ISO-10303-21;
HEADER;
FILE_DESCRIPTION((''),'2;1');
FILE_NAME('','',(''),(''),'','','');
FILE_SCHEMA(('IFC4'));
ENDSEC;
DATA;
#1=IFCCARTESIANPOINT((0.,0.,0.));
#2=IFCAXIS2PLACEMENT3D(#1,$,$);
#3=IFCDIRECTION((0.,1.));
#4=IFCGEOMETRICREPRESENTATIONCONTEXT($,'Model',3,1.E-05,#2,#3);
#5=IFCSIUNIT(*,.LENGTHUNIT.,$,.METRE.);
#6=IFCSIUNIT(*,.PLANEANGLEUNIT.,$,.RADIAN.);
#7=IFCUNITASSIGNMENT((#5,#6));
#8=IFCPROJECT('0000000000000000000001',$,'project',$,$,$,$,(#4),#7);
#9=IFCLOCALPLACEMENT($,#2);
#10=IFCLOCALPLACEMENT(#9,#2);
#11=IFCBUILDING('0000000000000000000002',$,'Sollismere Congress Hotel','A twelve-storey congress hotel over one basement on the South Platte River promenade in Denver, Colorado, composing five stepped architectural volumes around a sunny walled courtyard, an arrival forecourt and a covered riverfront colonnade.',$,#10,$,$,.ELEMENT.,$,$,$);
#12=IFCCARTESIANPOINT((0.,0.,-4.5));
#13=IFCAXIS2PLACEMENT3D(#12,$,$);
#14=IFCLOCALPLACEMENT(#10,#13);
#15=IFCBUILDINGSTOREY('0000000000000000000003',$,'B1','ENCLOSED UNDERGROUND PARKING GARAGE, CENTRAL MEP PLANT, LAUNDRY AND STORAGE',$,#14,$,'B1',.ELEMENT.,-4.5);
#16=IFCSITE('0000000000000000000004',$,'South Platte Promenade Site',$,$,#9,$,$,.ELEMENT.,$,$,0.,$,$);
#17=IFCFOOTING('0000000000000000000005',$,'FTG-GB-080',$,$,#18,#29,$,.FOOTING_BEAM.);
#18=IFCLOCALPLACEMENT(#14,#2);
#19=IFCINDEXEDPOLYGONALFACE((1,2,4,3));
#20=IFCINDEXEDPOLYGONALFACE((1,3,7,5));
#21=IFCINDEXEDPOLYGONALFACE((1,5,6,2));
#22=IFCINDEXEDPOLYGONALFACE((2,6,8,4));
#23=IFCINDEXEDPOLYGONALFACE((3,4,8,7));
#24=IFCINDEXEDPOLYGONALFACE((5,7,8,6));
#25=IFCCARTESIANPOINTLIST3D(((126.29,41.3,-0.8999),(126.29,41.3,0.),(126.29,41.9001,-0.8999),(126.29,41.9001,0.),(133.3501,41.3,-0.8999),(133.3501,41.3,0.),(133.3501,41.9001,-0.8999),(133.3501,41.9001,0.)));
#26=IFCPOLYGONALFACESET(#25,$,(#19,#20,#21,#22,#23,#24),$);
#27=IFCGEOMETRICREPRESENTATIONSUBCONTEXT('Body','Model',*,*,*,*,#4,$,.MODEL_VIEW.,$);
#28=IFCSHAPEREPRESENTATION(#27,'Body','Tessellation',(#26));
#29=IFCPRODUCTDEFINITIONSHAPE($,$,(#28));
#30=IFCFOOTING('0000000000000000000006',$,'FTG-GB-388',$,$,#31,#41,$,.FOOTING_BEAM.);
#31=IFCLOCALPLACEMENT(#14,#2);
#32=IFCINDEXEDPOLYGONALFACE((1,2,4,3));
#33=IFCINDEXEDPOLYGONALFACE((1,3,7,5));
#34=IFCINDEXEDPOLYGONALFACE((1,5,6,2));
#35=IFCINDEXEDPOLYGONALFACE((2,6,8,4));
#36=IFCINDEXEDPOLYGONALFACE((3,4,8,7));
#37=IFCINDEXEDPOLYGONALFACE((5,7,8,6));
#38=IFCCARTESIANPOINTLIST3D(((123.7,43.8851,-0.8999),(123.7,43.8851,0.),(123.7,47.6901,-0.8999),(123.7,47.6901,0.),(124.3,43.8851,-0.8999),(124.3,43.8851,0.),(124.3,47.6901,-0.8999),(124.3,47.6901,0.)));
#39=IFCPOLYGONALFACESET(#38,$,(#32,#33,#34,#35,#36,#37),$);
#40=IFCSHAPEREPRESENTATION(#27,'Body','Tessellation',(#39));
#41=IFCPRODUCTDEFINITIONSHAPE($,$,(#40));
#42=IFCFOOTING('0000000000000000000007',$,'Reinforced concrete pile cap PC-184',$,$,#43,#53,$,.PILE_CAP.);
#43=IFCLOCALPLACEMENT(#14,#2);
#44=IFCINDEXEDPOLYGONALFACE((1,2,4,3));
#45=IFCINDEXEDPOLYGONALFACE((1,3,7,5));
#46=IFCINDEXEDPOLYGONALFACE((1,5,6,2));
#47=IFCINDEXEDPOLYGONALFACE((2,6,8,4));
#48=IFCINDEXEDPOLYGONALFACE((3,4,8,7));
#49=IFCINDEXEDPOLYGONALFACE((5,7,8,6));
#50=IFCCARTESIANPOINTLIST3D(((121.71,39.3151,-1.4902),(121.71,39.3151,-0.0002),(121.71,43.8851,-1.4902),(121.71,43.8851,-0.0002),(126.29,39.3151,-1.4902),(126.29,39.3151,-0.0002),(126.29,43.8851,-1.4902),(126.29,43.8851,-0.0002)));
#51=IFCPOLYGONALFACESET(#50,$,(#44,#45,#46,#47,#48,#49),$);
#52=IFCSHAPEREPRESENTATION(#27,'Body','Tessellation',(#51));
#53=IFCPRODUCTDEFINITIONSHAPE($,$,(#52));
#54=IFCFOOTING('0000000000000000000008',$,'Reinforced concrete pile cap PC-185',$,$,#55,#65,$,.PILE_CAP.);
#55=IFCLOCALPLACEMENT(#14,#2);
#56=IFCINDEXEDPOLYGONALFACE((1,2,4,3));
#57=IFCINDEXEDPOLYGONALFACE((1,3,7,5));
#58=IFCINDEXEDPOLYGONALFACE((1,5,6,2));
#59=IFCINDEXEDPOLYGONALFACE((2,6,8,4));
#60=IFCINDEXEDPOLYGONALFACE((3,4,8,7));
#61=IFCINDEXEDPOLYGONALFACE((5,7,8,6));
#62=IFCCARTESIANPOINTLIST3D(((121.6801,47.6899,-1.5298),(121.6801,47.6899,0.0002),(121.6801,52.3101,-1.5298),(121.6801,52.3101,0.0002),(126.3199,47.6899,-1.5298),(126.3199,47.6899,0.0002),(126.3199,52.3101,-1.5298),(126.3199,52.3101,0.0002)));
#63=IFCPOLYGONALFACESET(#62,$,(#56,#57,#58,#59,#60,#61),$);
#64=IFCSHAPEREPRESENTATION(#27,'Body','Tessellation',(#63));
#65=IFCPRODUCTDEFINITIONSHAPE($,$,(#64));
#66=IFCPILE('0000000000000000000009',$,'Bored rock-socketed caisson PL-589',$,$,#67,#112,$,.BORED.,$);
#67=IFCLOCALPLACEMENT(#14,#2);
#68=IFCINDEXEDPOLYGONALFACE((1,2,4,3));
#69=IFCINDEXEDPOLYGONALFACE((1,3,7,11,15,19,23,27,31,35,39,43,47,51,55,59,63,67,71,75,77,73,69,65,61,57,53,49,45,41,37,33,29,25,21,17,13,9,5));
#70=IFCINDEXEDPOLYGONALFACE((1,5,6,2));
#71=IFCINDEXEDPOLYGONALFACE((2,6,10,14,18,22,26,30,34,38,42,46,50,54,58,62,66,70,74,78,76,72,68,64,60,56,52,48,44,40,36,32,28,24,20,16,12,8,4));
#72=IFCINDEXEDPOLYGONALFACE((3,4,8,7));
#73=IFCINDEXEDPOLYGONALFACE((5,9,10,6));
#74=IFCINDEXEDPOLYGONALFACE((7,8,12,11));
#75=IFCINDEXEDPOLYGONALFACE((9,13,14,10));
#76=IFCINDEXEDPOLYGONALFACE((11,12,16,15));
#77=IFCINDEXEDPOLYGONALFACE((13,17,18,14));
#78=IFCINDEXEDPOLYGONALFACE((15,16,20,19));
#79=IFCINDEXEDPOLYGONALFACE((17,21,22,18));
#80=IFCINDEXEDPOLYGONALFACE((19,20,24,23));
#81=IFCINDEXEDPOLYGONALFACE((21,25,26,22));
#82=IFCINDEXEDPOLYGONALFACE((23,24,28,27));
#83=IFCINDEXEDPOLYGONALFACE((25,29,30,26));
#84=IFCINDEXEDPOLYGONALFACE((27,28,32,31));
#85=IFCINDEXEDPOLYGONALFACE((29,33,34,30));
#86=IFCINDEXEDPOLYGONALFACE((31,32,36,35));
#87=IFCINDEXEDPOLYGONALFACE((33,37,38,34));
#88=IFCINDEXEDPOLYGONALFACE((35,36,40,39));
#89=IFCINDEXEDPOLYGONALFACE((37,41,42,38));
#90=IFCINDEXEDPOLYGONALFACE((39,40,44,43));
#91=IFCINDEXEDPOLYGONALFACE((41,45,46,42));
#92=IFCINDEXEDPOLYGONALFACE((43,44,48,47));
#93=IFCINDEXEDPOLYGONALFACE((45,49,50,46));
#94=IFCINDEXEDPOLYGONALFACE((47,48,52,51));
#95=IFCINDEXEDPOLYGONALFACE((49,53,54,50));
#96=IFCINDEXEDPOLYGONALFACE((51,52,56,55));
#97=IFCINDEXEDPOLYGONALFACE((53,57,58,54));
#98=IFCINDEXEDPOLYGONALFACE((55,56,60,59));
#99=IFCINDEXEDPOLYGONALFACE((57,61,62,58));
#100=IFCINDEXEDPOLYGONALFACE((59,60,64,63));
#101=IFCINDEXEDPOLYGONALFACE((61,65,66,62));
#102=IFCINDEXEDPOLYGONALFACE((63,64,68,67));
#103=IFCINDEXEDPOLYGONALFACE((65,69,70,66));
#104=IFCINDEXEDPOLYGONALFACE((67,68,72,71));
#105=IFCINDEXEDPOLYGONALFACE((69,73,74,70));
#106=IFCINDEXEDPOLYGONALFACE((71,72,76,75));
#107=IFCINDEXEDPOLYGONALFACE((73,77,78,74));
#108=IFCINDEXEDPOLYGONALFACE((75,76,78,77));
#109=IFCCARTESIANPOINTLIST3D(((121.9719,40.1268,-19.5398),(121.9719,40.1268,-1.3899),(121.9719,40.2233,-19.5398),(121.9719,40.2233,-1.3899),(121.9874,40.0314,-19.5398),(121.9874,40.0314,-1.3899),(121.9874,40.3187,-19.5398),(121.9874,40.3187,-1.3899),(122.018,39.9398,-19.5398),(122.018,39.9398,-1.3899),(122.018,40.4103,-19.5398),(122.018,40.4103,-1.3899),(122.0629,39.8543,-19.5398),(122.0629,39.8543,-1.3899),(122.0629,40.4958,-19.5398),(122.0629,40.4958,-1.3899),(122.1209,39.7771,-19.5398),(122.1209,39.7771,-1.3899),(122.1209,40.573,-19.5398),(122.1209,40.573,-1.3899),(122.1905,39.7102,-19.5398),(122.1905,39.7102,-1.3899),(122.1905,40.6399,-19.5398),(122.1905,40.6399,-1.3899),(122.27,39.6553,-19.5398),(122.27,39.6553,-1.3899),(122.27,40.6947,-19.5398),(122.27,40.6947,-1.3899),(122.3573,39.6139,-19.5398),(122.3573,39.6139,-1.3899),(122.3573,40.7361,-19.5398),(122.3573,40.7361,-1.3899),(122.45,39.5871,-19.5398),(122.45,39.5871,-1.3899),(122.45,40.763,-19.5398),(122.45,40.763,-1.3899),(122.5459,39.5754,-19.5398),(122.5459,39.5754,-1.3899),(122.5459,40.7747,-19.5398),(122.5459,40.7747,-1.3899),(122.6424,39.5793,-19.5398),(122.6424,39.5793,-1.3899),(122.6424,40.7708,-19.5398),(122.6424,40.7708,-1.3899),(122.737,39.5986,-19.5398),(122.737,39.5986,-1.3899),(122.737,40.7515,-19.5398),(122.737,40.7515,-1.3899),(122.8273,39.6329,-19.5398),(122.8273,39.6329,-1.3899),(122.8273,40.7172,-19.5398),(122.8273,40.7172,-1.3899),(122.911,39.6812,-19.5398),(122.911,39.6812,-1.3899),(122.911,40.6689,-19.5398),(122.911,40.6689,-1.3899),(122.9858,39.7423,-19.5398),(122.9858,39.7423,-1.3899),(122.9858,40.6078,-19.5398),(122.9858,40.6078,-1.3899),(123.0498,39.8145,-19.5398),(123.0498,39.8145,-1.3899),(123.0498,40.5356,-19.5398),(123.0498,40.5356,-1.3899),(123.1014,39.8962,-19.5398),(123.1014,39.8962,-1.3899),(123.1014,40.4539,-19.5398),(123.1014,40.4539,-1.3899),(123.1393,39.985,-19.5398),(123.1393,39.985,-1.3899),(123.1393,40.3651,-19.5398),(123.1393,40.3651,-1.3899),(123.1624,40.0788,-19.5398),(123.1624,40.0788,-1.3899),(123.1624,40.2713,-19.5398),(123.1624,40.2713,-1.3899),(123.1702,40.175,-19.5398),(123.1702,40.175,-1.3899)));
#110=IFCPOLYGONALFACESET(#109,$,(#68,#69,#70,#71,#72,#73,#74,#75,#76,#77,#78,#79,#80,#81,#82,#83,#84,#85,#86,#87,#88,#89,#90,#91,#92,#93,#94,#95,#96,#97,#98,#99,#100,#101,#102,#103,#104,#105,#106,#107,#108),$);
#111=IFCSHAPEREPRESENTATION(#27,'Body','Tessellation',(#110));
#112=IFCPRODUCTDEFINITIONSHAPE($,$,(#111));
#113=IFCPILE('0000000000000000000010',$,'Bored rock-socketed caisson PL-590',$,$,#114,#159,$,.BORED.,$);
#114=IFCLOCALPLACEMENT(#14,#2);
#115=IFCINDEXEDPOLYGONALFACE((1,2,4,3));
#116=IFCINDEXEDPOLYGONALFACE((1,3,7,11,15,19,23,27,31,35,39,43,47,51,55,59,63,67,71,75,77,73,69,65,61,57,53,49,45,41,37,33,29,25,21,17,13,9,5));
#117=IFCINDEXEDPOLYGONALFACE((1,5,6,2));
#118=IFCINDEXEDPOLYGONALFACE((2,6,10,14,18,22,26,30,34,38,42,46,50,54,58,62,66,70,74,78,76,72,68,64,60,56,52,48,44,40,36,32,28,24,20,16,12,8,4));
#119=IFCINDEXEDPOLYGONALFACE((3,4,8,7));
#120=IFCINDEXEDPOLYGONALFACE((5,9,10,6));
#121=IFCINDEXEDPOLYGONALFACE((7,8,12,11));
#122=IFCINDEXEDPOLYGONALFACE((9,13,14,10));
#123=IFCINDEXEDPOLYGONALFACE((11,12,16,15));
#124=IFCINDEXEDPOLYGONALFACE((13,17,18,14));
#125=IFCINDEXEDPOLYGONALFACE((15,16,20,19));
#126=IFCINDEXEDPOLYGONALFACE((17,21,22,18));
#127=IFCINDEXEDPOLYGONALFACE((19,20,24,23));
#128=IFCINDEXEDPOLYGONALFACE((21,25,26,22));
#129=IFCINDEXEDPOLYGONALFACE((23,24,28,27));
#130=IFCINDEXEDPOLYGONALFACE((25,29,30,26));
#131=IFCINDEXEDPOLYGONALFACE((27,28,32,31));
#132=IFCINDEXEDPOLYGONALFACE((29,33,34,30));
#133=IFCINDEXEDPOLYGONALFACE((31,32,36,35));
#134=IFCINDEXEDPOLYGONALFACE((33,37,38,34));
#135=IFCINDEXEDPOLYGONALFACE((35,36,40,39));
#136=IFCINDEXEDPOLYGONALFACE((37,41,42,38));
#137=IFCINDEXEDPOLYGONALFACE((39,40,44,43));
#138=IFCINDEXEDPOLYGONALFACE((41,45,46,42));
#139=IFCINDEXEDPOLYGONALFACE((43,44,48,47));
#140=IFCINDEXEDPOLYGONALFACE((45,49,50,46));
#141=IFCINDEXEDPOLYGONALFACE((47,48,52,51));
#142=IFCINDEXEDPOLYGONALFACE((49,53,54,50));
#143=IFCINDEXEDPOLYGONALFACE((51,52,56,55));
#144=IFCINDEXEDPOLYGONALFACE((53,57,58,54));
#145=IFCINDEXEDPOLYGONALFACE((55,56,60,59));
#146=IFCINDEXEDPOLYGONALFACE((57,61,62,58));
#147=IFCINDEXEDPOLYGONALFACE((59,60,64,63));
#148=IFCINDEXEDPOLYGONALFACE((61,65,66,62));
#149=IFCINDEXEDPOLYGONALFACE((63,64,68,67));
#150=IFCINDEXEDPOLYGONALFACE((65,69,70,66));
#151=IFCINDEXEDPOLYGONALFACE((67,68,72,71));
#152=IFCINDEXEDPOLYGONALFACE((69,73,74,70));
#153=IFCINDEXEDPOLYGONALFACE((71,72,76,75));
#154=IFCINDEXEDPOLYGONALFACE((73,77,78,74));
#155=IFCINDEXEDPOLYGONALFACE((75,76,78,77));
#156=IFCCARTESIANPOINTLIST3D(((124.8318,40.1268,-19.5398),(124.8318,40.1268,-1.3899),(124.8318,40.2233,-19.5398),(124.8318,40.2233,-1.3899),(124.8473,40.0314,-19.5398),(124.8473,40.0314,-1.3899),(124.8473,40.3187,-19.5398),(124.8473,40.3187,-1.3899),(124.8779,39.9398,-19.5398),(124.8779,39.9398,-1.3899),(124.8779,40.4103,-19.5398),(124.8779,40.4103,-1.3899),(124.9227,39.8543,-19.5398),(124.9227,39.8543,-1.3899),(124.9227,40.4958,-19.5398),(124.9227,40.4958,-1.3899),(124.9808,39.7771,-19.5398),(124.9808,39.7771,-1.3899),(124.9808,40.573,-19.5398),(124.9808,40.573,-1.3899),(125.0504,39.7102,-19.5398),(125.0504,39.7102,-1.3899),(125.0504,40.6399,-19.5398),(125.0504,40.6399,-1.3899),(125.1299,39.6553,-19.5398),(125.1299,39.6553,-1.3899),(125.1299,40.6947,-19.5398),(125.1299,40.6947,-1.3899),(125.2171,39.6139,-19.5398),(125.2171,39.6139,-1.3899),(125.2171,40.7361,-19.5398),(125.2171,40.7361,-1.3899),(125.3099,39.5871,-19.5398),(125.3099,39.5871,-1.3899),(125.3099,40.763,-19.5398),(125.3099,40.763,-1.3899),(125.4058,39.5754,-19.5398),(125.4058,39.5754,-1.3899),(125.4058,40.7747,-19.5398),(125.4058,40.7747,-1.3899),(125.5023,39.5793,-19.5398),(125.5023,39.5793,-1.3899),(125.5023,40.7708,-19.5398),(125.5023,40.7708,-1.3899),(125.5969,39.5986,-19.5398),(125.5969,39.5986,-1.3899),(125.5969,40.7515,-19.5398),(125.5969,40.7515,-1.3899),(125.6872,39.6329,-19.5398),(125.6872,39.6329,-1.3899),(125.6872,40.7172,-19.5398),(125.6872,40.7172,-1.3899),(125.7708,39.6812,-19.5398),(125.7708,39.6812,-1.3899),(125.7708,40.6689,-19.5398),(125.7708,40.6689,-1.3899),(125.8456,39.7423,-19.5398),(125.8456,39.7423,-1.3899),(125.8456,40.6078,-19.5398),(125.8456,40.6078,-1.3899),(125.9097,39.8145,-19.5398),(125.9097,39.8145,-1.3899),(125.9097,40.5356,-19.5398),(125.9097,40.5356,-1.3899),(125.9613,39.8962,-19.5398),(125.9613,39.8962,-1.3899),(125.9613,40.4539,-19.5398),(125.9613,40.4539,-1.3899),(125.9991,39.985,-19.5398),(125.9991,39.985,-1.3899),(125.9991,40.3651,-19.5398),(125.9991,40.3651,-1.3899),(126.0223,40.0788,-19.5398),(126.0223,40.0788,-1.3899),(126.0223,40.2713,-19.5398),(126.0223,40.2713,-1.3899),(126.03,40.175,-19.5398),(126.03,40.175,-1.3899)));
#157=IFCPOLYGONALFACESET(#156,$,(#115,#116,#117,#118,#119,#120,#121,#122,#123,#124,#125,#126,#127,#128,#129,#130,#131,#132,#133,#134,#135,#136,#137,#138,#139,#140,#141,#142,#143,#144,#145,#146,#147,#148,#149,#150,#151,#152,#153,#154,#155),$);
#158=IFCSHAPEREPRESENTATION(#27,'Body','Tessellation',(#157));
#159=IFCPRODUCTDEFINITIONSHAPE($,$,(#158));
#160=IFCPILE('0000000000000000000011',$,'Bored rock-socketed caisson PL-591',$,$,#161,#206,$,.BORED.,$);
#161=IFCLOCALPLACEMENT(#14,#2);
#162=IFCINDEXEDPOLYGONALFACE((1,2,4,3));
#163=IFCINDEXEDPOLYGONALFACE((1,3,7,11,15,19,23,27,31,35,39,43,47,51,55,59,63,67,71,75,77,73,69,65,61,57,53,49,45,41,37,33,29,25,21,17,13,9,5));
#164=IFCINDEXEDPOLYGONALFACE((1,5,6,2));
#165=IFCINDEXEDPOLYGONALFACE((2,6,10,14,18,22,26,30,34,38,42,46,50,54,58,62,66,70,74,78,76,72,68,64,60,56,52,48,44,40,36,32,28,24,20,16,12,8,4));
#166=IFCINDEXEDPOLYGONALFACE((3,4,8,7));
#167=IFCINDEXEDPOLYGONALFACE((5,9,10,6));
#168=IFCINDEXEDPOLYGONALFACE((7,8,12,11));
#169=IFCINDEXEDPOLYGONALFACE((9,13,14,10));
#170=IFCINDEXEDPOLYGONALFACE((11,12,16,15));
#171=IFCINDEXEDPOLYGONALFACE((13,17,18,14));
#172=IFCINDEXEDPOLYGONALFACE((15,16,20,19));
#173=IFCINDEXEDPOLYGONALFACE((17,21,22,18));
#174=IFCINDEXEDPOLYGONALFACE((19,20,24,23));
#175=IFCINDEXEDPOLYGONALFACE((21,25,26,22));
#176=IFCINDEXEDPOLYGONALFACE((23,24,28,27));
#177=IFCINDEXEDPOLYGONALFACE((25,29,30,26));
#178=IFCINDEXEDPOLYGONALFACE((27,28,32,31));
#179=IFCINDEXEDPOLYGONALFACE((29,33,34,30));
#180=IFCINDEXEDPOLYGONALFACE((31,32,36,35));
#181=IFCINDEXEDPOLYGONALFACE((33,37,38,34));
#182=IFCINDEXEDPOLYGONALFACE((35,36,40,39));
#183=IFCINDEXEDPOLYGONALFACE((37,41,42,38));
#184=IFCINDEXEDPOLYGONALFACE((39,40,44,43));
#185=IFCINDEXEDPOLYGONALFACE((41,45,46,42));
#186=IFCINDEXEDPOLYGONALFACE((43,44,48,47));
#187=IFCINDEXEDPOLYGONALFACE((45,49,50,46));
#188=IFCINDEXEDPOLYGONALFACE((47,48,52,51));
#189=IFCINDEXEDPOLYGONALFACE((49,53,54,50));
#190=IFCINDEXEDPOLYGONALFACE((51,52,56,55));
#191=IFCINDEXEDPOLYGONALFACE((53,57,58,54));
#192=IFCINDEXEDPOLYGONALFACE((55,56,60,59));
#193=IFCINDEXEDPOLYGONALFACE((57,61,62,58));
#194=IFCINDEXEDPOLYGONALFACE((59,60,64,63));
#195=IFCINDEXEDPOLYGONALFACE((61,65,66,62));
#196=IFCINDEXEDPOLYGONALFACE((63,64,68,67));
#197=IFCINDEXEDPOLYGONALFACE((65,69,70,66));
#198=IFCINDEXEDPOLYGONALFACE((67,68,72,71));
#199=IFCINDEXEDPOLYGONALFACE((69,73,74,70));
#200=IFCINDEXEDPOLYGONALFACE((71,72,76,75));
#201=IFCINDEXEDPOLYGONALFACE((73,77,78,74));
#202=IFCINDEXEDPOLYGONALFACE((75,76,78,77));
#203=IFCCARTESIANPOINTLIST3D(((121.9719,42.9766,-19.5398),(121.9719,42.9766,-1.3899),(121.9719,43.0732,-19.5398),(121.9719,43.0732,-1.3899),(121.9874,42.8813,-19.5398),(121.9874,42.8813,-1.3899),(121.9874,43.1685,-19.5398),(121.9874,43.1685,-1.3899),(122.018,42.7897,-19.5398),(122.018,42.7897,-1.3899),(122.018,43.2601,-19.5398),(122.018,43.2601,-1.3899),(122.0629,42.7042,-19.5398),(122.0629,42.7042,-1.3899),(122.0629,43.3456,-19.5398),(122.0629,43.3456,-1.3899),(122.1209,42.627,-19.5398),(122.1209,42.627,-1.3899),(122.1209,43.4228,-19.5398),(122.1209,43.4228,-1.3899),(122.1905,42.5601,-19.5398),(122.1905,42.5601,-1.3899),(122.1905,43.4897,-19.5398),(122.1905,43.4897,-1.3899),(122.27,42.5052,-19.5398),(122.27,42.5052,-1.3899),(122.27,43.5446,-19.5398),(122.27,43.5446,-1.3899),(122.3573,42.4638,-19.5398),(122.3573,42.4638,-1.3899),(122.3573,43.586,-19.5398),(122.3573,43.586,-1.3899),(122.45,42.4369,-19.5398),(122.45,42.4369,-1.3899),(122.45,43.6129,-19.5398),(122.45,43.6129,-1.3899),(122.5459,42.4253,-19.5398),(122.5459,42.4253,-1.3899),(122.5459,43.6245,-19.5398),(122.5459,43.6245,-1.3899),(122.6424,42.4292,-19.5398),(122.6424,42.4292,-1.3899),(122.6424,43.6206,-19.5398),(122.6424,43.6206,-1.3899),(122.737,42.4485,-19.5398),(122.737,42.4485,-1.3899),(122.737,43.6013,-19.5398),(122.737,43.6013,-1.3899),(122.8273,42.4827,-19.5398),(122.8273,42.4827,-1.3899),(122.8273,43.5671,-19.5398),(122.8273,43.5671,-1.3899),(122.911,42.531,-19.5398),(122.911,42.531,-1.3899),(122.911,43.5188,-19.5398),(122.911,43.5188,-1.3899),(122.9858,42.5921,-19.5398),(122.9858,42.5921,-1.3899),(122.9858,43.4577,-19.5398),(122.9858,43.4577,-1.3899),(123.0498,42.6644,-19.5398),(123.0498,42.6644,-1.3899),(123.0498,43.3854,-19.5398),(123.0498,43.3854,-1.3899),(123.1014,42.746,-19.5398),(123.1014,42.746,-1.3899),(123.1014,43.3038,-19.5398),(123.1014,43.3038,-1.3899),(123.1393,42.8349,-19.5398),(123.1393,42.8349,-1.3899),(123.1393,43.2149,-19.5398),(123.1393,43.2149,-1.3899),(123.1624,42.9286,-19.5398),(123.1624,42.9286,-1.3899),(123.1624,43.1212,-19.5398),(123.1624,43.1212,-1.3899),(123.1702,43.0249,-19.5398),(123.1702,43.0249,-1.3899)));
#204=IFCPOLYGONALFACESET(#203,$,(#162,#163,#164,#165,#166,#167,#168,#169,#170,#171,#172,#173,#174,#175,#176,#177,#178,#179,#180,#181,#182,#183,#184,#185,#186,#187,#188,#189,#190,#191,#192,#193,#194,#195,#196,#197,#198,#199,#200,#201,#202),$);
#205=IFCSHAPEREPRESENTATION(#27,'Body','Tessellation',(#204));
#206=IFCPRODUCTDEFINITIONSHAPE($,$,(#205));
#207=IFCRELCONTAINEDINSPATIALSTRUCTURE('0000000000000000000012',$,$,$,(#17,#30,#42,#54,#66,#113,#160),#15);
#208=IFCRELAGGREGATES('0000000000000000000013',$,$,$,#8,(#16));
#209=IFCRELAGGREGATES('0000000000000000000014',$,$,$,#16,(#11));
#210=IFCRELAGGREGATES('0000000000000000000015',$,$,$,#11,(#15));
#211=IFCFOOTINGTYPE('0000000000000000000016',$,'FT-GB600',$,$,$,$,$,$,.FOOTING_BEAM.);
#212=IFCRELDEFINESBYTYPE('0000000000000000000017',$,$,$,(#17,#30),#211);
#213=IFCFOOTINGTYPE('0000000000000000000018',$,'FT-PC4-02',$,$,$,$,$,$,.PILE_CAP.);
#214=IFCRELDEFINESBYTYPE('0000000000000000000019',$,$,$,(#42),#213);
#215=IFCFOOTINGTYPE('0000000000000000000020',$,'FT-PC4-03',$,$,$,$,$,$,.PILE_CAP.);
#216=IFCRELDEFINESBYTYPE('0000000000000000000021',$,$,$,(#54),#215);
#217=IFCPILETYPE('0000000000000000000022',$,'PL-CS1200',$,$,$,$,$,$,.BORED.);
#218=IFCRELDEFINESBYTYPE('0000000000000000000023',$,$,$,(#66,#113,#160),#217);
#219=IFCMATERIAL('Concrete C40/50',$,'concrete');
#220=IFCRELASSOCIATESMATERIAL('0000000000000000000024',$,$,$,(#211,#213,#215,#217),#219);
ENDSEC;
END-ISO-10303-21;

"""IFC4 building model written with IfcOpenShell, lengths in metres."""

from ifc_helpers import new_model, si_unit, direction, frame, origin, origin_2d, place, context, subcontext, project, spatial, rectangle, circle, extrude, material, material_profile, profile_set, type_object, element, save


model = new_model("IFC4")

# Units and contexts
model_context = context("Model", 3, precision=1e-05, world=origin(), true_north=direction((0.0, 1.0)))
body_context = subcontext(model_context, "Body", "Model", "MODEL_VIEW")
ifc_project = project(units=[si_unit("LENGTHUNIT", "METRE"), si_unit("PLANEANGLEUNIT", "RADIAN")], contexts=[model_context])

# Site, building, storey
site_placement = place(None, origin())
site = spatial("IfcSite", under=ifc_project, at=site_placement, Name="South Platte Promenade Site", CompositionType="ELEMENT", RefElevation=0.0)
building_placement = place(site_placement, origin())
building = spatial("IfcBuilding", under=site, at=building_placement, Name="Sollismere Congress Hotel", Description="A twelve-storey congress hotel over one basement on the South Platte River promenade in Denver, Colorado, composing five stepped architectural volumes around a sunny walled courtyard, an arrival forecourt and a covered riverfront colonnade.", CompositionType="ELEMENT")
storey_placement = place(building_placement, frame((0.0, 0.0, -4.5)))
storey = spatial("IfcBuildingStorey", under=building, at=storey_placement, Name="B1", Description="ENCLOSED UNDERGROUND PARKING GARAGE, CENTRAL MEP PLANT, LAUNDRY AND STORAGE", LongName="B1", CompositionType="ELEMENT", Elevation=-4.5)

# Footings
ifc_material_1 = material(Name="Concrete C40/50", Category="concrete")
footing_type_1 = type_object("IfcFootingType", Name="FT-GB600", PredefinedType="FOOTING_BEAM", material=ifc_material_1)
footing_1_placement = place(storey_placement, frame((129.8201, 41.6001, -0.8999), z_axis=(0.0, 0.0, 1.0), x_axis=(1.0, 0.0, 0.0)))
element("IfcFooting", 1, at=footing_1_placement, inside=storey, type_object=footing_type_1, Name="FTG-GB-080", PredefinedType="FOOTING_BEAM", context=body_context, shape_type="SweptSolid", body=[
    extrude(rectangle(XDim=7.0601, YDim=0.6001, at=origin_2d()), origin(), (0.0, 0.0, 1.0), 0.8999),
])
footing_2_placement = place(storey_placement, frame((124.0, 45.7876, -0.8999), z_axis=(0.0, 0.0, 1.0), x_axis=(0.0, 1.0, 0.0)))
element("IfcFooting", 2, at=footing_2_placement, inside=storey, type_object=footing_type_1, Name="FTG-GB-388", PredefinedType="FOOTING_BEAM", context=body_context, shape_type="SweptSolid", body=[
    extrude(rectangle(XDim=3.8049, YDim=0.6001, at=origin_2d()), origin(), (0.0, 0.0, 1.0), 0.8999),
])
footing_type_2 = type_object("IfcFootingType", Name="FT-PC4-02", PredefinedType="PILE_CAP", material=ifc_material_1)
footing_3_placement = place(storey_placement, frame((124.0, 41.6001, -1.4902), z_axis=(0.0, 0.0, 1.0), x_axis=(1.0, 0.0, 0.0)))
element("IfcFooting", 3, at=footing_3_placement, inside=storey, type_object=footing_type_2, Name="Reinforced concrete pile cap PC-184", PredefinedType="PILE_CAP", context=body_context, shape_type="SweptSolid", body=[
    extrude(rectangle(XDim=4.5801, YDim=4.5701, at=origin_2d()), origin(), (0.0, 0.0, 1.0), 1.49),
])
footing_type_3 = type_object("IfcFootingType", Name="FT-PC4-03", PredefinedType="PILE_CAP", material=ifc_material_1)
footing_4_placement = place(storey_placement, frame((124.0, 50.0, -1.5298), z_axis=(0.0, 0.0, 1.0), x_axis=(1.0, 0.0, 0.0)))
element("IfcFooting", 4, at=footing_4_placement, inside=storey, type_object=footing_type_3, Name="Reinforced concrete pile cap PC-185", PredefinedType="PILE_CAP", context=body_context, shape_type="SweptSolid", body=[
    extrude(rectangle(XDim=4.6399, YDim=4.6201, at=origin_2d()), origin(), (0.0, 0.0, 1.0), 1.53),
])

# Piles
ifc_material_profile_1 = material_profile(ifc_material_1, circle(Radius=0.6001, at=origin_2d()), Name="CAISSON1200")
ifc_profile_set_1 = profile_set([ifc_material_profile_1], Name="Concrete C40/50")
pile_type = type_object("IfcPileType", Name="PL-CS1200", PredefinedType="BORED", material=ifc_profile_set_1)
for number, where, z_axis, x_axis, name in (
    (5, (122.5701, 40.175, -1.3899), (0.0, 0.0, -1.0), (1.0, 0.0, 0.0), "Bored rock-socketed caisson PL-589"),
    (6, (125.4299, 40.175, -1.3899), (0.0, 0.0, -1.0), (1.0, 0.0, 0.0), "Bored rock-socketed caisson PL-590"),
    (7, (122.5701, 43.0249, -1.3899), (0.0, 0.0, -1.0), (1.0, 0.0, 0.0), "Bored rock-socketed caisson PL-591"),
):
    element("IfcPile", number, at=place(storey_placement, frame(where, z_axis=z_axis, x_axis=x_axis)), inside=storey, type_object=pile_type, Name=name, PredefinedType="BORED", context=body_context, shape_type="SweptSolid", body=[
        extrude(circle(Radius=0.6001, at=origin_2d()), origin(), (0.0, 0.0, 1.0), 18.1499),
    ])

save(model, "model.ifc")
